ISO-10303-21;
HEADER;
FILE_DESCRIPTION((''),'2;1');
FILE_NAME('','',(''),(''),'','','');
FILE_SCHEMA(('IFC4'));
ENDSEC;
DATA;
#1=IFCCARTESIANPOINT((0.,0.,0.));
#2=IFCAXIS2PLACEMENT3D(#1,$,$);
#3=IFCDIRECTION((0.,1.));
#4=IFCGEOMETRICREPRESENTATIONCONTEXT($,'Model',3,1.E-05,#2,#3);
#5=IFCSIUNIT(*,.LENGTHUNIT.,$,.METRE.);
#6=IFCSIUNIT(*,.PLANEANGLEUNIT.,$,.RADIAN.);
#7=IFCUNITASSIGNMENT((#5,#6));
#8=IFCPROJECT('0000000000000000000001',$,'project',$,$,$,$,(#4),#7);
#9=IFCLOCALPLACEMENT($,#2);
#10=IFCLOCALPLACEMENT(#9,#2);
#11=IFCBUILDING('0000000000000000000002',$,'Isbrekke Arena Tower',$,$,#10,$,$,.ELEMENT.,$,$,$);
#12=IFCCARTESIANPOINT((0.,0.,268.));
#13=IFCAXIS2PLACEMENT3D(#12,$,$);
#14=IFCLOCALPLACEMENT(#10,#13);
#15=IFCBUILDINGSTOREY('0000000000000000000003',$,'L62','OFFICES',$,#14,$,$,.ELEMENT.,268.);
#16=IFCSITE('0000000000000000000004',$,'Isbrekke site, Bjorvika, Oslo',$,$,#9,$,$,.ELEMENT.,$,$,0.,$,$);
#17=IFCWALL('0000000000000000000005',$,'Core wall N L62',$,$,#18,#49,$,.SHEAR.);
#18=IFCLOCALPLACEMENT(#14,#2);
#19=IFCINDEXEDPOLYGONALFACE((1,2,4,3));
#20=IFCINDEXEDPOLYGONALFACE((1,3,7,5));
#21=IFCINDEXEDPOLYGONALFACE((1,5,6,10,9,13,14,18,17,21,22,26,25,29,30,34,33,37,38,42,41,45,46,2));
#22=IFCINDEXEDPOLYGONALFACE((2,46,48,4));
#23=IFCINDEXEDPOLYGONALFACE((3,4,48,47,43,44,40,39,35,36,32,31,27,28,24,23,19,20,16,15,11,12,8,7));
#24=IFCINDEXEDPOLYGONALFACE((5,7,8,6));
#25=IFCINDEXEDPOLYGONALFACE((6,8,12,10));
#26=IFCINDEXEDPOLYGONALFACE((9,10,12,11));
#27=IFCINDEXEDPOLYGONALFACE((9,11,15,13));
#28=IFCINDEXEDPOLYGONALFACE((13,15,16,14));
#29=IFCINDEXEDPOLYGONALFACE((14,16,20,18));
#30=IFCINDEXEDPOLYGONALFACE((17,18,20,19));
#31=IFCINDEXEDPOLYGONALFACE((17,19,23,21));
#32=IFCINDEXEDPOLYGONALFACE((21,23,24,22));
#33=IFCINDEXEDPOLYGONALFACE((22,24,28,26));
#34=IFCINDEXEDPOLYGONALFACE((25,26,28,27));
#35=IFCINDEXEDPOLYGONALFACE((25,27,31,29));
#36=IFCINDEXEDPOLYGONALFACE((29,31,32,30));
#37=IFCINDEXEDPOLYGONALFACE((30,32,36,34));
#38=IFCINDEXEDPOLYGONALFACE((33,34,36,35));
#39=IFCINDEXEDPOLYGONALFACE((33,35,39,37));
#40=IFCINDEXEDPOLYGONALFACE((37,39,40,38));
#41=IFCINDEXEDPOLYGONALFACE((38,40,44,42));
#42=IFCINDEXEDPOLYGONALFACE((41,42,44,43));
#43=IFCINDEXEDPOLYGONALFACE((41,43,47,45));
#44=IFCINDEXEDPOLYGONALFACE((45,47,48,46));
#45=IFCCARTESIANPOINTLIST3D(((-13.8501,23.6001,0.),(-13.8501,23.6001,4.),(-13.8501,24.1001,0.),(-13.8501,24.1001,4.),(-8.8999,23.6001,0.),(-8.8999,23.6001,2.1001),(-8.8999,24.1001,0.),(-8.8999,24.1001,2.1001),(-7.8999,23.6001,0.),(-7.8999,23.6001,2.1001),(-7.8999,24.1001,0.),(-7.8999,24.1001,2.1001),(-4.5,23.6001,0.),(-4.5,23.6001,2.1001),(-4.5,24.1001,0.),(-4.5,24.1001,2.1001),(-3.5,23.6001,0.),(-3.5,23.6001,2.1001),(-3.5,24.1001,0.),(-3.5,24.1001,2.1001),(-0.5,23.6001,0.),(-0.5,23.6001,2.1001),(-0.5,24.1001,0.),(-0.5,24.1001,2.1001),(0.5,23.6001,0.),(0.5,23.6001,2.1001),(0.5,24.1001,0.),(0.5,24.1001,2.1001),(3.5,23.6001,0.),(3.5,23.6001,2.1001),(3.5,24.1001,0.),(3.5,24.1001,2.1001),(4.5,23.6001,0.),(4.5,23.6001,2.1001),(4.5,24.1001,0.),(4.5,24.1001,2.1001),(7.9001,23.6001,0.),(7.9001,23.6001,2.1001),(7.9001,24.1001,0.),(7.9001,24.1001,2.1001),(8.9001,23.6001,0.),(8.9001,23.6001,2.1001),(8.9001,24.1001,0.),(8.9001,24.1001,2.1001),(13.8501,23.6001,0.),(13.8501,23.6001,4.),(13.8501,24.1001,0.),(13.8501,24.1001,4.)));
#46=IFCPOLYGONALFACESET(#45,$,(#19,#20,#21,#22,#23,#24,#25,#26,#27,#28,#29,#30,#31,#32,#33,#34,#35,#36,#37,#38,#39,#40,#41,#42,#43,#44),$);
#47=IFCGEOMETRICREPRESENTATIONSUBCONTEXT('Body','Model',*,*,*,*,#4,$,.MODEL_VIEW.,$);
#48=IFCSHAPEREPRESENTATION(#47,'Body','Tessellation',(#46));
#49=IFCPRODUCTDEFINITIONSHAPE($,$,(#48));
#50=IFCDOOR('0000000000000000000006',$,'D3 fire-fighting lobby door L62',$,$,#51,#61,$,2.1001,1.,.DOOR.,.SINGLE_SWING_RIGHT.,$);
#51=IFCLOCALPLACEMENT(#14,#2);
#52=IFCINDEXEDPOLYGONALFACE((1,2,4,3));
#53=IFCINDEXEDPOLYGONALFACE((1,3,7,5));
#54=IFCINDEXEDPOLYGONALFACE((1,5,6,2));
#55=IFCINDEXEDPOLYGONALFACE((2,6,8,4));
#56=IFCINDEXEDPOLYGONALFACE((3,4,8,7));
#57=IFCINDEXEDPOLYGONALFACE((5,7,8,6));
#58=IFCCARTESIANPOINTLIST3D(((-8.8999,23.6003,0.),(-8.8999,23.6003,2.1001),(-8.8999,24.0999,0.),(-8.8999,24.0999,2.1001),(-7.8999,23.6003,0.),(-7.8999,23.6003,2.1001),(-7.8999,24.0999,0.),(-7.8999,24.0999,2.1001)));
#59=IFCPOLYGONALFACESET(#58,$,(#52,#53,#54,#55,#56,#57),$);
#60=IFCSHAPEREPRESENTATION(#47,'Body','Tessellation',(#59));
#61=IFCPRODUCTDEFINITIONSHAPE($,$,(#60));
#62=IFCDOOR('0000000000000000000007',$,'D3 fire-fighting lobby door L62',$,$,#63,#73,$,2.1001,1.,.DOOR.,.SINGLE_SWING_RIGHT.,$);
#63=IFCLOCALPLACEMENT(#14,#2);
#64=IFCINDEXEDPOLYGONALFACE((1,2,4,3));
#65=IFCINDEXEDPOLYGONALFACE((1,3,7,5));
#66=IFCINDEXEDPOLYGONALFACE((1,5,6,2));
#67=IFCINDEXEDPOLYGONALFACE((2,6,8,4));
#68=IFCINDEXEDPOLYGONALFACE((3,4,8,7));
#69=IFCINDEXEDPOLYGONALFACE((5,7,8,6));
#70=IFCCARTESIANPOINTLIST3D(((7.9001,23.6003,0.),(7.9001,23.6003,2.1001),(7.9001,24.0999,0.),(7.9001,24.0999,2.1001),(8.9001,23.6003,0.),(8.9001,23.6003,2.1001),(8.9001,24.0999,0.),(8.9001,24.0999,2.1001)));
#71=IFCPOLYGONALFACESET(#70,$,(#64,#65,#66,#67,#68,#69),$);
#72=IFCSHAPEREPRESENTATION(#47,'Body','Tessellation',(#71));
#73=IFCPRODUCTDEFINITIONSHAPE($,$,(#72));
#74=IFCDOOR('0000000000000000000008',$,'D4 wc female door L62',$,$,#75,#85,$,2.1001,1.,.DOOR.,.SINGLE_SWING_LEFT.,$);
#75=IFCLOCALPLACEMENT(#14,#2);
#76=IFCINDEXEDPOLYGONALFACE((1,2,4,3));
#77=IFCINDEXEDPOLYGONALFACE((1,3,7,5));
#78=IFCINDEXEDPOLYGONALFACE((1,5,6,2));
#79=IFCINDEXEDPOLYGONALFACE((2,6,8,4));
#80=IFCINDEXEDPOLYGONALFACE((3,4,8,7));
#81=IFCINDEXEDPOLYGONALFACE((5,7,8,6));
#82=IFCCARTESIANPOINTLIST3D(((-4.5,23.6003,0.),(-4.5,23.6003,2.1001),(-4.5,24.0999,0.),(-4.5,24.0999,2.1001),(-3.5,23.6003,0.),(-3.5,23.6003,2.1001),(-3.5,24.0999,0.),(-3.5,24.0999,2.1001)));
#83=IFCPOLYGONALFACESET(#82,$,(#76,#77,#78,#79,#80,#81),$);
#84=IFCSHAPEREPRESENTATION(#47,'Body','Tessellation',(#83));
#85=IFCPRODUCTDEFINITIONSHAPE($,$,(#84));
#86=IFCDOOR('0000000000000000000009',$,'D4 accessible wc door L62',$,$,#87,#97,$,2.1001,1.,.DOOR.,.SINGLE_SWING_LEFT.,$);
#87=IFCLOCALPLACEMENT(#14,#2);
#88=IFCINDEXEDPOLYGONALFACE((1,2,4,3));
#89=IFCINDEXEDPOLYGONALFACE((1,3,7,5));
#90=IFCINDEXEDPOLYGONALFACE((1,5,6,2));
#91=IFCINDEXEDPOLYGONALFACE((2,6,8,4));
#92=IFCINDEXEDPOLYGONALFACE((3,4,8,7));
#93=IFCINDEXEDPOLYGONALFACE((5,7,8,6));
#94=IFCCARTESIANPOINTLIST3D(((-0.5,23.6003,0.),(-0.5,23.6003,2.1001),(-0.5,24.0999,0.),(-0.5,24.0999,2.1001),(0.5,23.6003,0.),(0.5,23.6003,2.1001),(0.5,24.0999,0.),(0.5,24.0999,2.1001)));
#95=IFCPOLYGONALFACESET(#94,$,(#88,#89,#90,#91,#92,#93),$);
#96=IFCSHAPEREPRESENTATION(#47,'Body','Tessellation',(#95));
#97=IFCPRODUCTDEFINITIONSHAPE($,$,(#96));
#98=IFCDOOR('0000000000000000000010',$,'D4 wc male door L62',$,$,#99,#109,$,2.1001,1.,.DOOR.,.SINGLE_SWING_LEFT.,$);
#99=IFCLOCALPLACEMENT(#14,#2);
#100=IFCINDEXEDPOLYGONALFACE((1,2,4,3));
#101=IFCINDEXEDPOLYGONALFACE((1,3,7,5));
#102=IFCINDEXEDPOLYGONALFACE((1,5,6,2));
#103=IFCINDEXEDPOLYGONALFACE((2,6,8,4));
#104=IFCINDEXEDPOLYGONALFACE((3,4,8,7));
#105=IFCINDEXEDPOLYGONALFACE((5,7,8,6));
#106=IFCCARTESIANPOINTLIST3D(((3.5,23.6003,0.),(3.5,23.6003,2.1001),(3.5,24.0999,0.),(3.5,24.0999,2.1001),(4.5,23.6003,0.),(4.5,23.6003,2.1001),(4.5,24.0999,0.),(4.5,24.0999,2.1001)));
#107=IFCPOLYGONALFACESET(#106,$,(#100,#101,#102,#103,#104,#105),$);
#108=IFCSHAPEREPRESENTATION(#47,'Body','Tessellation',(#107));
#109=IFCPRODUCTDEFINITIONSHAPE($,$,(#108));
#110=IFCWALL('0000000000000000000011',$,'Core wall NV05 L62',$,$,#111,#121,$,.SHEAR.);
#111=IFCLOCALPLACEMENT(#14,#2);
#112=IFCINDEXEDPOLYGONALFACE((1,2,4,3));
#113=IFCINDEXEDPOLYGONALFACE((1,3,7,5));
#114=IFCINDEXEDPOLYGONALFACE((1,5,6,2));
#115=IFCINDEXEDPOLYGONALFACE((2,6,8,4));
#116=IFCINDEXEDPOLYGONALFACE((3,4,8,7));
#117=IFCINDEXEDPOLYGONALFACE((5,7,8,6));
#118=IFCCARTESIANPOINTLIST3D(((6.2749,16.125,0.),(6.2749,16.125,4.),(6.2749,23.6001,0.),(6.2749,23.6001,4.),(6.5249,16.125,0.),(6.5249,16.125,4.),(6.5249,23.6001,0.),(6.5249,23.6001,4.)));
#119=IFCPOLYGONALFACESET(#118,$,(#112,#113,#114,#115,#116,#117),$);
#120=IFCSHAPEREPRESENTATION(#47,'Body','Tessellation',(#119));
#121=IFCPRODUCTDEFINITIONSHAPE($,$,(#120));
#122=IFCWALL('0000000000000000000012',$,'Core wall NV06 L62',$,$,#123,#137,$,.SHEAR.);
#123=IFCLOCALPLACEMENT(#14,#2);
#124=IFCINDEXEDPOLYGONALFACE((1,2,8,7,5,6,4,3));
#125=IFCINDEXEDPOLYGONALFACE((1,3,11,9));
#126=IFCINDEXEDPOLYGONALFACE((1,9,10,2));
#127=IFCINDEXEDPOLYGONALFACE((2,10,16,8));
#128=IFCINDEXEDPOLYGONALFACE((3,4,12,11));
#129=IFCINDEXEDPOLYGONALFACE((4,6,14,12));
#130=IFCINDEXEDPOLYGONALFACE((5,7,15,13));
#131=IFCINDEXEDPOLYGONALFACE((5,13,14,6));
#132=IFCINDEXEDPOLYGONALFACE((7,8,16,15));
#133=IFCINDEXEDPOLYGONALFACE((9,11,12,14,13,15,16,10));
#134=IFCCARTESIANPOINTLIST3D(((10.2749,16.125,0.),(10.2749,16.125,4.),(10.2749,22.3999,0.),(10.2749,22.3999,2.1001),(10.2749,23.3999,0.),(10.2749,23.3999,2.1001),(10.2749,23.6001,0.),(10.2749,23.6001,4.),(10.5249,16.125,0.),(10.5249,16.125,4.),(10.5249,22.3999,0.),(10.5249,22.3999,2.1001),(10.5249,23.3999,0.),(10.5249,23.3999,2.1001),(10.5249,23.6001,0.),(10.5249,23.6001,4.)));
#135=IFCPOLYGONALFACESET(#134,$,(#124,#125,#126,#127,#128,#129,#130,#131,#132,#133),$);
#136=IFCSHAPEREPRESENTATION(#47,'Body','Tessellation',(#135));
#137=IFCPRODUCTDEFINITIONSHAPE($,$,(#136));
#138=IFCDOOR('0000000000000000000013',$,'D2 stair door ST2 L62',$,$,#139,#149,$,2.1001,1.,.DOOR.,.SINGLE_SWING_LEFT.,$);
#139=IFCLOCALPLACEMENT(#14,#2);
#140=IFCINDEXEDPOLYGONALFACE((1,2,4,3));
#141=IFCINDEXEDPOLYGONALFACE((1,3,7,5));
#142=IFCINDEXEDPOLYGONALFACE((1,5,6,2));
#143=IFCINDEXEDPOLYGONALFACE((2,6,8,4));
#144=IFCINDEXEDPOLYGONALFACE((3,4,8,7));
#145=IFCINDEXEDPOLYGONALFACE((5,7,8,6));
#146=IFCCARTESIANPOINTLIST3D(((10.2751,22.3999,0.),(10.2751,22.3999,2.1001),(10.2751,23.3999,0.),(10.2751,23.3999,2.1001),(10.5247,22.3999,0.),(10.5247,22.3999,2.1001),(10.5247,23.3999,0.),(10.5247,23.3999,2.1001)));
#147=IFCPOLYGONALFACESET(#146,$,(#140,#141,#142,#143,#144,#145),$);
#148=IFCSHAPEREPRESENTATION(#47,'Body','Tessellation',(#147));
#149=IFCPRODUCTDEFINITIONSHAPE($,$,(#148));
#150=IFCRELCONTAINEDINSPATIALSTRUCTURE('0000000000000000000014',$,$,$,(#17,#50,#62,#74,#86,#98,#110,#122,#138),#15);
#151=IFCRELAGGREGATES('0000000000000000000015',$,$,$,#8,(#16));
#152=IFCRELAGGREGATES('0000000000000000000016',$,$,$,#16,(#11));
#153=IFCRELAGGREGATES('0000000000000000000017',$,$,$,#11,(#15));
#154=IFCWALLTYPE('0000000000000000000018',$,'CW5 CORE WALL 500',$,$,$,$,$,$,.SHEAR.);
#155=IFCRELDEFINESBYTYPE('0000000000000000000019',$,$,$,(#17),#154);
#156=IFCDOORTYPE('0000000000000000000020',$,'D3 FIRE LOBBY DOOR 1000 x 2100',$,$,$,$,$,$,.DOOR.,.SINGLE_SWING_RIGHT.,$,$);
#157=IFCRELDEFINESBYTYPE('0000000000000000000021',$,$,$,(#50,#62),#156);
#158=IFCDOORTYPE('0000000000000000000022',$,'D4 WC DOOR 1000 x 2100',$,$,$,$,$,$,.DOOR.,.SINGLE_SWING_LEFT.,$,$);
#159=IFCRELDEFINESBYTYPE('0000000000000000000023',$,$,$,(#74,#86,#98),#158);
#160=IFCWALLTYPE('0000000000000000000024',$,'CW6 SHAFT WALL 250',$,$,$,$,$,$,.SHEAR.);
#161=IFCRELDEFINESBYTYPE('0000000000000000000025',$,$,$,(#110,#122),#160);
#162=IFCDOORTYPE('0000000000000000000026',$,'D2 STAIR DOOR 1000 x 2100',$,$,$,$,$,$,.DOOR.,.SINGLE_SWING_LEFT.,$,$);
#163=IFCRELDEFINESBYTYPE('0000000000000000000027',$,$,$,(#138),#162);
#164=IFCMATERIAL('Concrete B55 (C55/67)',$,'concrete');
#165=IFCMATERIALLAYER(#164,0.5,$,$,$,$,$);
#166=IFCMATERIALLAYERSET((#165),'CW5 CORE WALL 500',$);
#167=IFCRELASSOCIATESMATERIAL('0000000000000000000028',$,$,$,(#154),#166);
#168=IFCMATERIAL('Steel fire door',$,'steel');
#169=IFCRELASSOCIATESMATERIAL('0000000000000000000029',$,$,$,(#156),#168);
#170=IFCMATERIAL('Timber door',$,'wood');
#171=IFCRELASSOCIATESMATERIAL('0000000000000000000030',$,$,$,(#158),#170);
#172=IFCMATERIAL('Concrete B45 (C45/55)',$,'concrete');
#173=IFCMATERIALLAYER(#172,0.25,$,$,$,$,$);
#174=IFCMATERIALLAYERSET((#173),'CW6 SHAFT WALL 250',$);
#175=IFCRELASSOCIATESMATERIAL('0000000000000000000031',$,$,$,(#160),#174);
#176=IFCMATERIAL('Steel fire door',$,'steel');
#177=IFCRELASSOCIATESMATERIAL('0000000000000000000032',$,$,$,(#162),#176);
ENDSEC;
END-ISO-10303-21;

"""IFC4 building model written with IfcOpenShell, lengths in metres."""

from ifc_helpers import new_model, si_unit, direction, frame, frame_2d, origin, place, context, subcontext, project, spatial, rectangle, extrude, material, layer, layer_set, type_object, element, fill, save


model = new_model("IFC4")

# Units and contexts
model_context = context("Model", 3, precision=1e-05, world=origin(), true_north=direction((0.0, 1.0)))
body_context = subcontext(model_context, "Body", "Model", "MODEL_VIEW")
ifc_project = project(units=[si_unit("LENGTHUNIT", "METRE"), si_unit("PLANEANGLEUNIT", "RADIAN")], contexts=[model_context])

# Site, building, storey
site_placement = place(None, origin())
site = spatial("IfcSite", under=ifc_project, at=site_placement, Name="Isbrekke site, Bjorvika, Oslo", CompositionType="ELEMENT", RefElevation=0.0)
building_placement = place(site_placement, origin())
building = spatial("IfcBuilding", under=site, at=building_placement, Name="Isbrekke Arena Tower", CompositionType="ELEMENT")
storey_placement = place(building_placement, frame((0.0, 0.0, 268.0)))
storey = spatial("IfcBuildingStorey", under=building, at=storey_placement, Name="L62", Description="OFFICES", CompositionType="ELEMENT", Elevation=268.0)

# Wall, openings, doors
ifc_material_1 = material(Name="Concrete B55 (C55/67)", Category="concrete")
ifc_layer_1 = layer(ifc_material_1, 0.5)
ifc_layer_set_1 = layer_set([ifc_layer_1], Name="CW5 CORE WALL 500")
wall_type_1 = type_object("IfcWallType", Name="CW5 CORE WALL 500", PredefinedType="SHEAR", material=ifc_layer_set_1)
wall_1_placement = place(storey_placement, frame((13.8501, 23.8501, 0.0), z_axis=(0.0, 0.0, 1.0), x_axis=(-1.0, 0.0, 0.0)))
wall_1 = element("IfcWall", 1, at=wall_1_placement, inside=storey, type_object=wall_type_1, Name="Core wall N L62", PredefinedType="SHEAR", context=body_context, shape_type="SweptSolid", body=[
    extrude(rectangle(XDim=27.7002, YDim=0.5, at=frame_2d((13.8501, 0.0))), origin(), (0.0, 0.0, 1.0), 4.0),
])
opening_1_placement = place(wall_1_placement, frame((21.75, 0.0, 0.0)))
opening_1 = element("IfcOpeningElement", 2, at=opening_1_placement, cuts=wall_1, PredefinedType="OPENING", context=body_context, shape_type="SweptSolid", body=[
    extrude(rectangle(XDim=1.0, YDim=2.1001, at=frame_2d((0.5, 1.05))), frame((0.0, 0.2649, 0.0), z_axis=(0.0, -1.0, 0.0), x_axis=(1.0, 0.0, 0.0)), (0.0, 0.0, 1.0), 0.5298),
])
opening_2_placement = place(wall_1_placement, frame((4.95, 0.0, 0.0)))
opening_2 = element("IfcOpeningElement", 3, at=opening_2_placement, cuts=wall_1, PredefinedType="OPENING", context=body_context, shape_type="SweptSolid", body=[
    extrude(rectangle(XDim=1.0, YDim=2.1001, at=frame_2d((0.5, 1.05))), frame((0.0, 0.2649, 0.0), z_axis=(0.0, -1.0, 0.0), x_axis=(1.0, 0.0, 0.0)), (0.0, 0.0, 1.0), 0.5298),
])
opening_3_placement = place(wall_1_placement, frame((17.3501, 0.0, 0.0)))
opening_3 = element("IfcOpeningElement", 4, at=opening_3_placement, cuts=wall_1, PredefinedType="OPENING", context=body_context, shape_type="SweptSolid", body=[
    extrude(rectangle(XDim=1.0, YDim=2.1001, at=frame_2d((0.5, 1.05))), frame((0.0, 0.2649, 0.0), z_axis=(0.0, -1.0, 0.0), x_axis=(1.0, 0.0, 0.0)), (0.0, 0.0, 1.0), 0.5298),
])
opening_4_placement = place(wall_1_placement, frame((13.3501, 0.0, 0.0)))
opening_4 = element("IfcOpeningElement", 5, at=opening_4_placement, cuts=wall_1, PredefinedType="OPENING", context=body_context, shape_type="SweptSolid", body=[
    extrude(rectangle(XDim=1.0, YDim=2.1001, at=frame_2d((0.5, 1.05))), frame((0.0, 0.2649, 0.0), z_axis=(0.0, -1.0, 0.0), x_axis=(1.0, 0.0, 0.0)), (0.0, 0.0, 1.0), 0.5298),
])
opening_5_placement = place(wall_1_placement, frame((9.3501, 0.0, 0.0)))
opening_5 = element("IfcOpeningElement", 6, at=opening_5_placement, cuts=wall_1, PredefinedType="OPENING", context=body_context, shape_type="SweptSolid", body=[
    extrude(rectangle(XDim=1.0, YDim=2.1001, at=frame_2d((0.5, 1.05))), frame((0.0, 0.2649, 0.0), z_axis=(0.0, -1.0, 0.0), x_axis=(1.0, 0.0, 0.0)), (0.0, 0.0, 1.0), 0.5298),
])
ifc_material_2 = material(Name="Steel fire door", Category="steel")
door_type_1 = type_object("IfcDoorType", Name="D3 FIRE LOBBY DOOR 1000 x 2100", OperationType="SINGLE_SWING_RIGHT", PredefinedType="DOOR", material=ifc_material_2)
door_1_placement = place(opening_1_placement, origin())
door_1 = element("IfcDoor", 7, at=door_1_placement, inside=storey, type_object=door_type_1, Name="D3 fire-fighting lobby door L62", OperationType="SINGLE_SWING_RIGHT", OverallHeight=2.1001, OverallWidth=1.0, PredefinedType="DOOR", context=body_context, shape_type="SweptSolid", body=[
    extrude(rectangle(XDim=1.0, YDim=2.1001, at=frame_2d((0.5, 1.05))), frame((0.0, 0.2498, 0.0), z_axis=(0.0, -1.0, 0.0), x_axis=(1.0, 0.0, 0.0)), (0.0, 0.0, 1.0), 0.4995),
])
fill(opening_1, door_1)
door_2_placement = place(opening_2_placement, origin())
door_2 = element("IfcDoor", 8, at=door_2_placement, inside=storey, type_object=door_type_1, Name="D3 fire-fighting lobby door L62", OperationType="SINGLE_SWING_RIGHT", OverallHeight=2.1001, OverallWidth=1.0, PredefinedType="DOOR", context=body_context, shape_type="SweptSolid", body=[
    extrude(rectangle(XDim=1.0, YDim=2.1001, at=frame_2d((0.5, 1.05))), frame((0.0, 0.2498, 0.0), z_axis=(0.0, -1.0, 0.0), x_axis=(1.0, 0.0, 0.0)), (0.0, 0.0, 1.0), 0.4995),
])
fill(opening_2, door_2)
ifc_material_3 = material(Name="Timber door", Category="wood")
door_type_2 = type_object("IfcDoorType", Name="D4 WC DOOR 1000 x 2100", OperationType="SINGLE_SWING_LEFT", PredefinedType="DOOR", material=ifc_material_3)
door_3_placement = place(opening_3_placement, origin())
door_3 = element("IfcDoor", 9, at=door_3_placement, inside=storey, type_object=door_type_2, Name="D4 wc female door L62", OperationType="SINGLE_SWING_LEFT", OverallHeight=2.1001, OverallWidth=1.0, PredefinedType="DOOR", context=body_context, shape_type="SweptSolid", body=[
    extrude(rectangle(XDim=1.0, YDim=2.1001, at=frame_2d((0.5, 1.05))), frame((0.0, 0.2498, 0.0), z_axis=(0.0, -1.0, 0.0), x_axis=(1.0, 0.0, 0.0)), (0.0, 0.0, 1.0), 0.4995),
])
fill(opening_3, door_3)
door_4_placement = place(opening_4_placement, origin())
door_4 = element("IfcDoor", 10, at=door_4_placement, inside=storey, type_object=door_type_2, Name="D4 accessible wc door L62", OperationType="SINGLE_SWING_LEFT", OverallHeight=2.1001, OverallWidth=1.0, PredefinedType="DOOR", context=body_context, shape_type="SweptSolid", body=[
    extrude(rectangle(XDim=1.0, YDim=2.1001, at=frame_2d((0.5, 1.05))), frame((0.0, 0.2498, 0.0), z_axis=(0.0, -1.0, 0.0), x_axis=(1.0, 0.0, 0.0)), (0.0, 0.0, 1.0), 0.4995),
])
fill(opening_4, door_4)
door_5_placement = place(opening_5_placement, origin())
door_5 = element("IfcDoor", 11, at=door_5_placement, inside=storey, type_object=door_type_2, Name="D4 wc male door L62", OperationType="SINGLE_SWING_LEFT", OverallHeight=2.1001, OverallWidth=1.0, PredefinedType="DOOR", context=body_context, shape_type="SweptSolid", body=[
    extrude(rectangle(XDim=1.0, YDim=2.1001, at=frame_2d((0.5, 1.05))), frame((0.0, 0.2498, 0.0), z_axis=(0.0, -1.0, 0.0), x_axis=(1.0, 0.0, 0.0)), (0.0, 0.0, 1.0), 0.4995),
])
fill(opening_5, door_5)

# Wall
ifc_material_4 = material(Name="Concrete B45 (C45/55)", Category="concrete")
ifc_layer_2 = layer(ifc_material_4, 0.25)
ifc_layer_set_2 = layer_set([ifc_layer_2], Name="CW6 SHAFT WALL 250")
wall_type_2 = type_object("IfcWallType", Name="CW6 SHAFT WALL 250", PredefinedType="SHEAR", material=ifc_layer_set_2)
wall_2_placement = place(storey_placement, frame((6.3999, 16.125, 0.0), z_axis=(0.0, 0.0, 1.0), x_axis=(0.0, 1.0, 0.0)))
element("IfcWall", 12, at=wall_2_placement, inside=storey, type_object=wall_type_2, Name="Core wall NV05 L62", PredefinedType="SHEAR", context=body_context, shape_type="SweptSolid", body=[
    extrude(rectangle(XDim=7.4751, YDim=0.25, at=frame_2d((3.7375, 0.0))), origin(), (0.0, 0.0, 1.0), 4.0),
])

# Wall, opening, door
wall_3_placement = place(storey_placement, frame((10.3999, 16.125, 0.0), z_axis=(0.0, 0.0, 1.0), x_axis=(0.0, 1.0, 0.0)))
wall_3 = element("IfcWall", 13, at=wall_3_placement, inside=storey, type_object=wall_type_2, Name="Core wall NV06 L62", PredefinedType="SHEAR", context=body_context, shape_type="SweptSolid", body=[
    extrude(rectangle(XDim=7.4751, YDim=0.25, at=frame_2d((3.7375, 0.0))), origin(), (0.0, 0.0, 1.0), 4.0),
])
opening_6_placement = place(wall_3_placement, frame((6.2749, 0.0, 0.0)))
opening_6 = element("IfcOpeningElement", 14, at=opening_6_placement, cuts=wall_3, PredefinedType="OPENING", context=body_context, shape_type="SweptSolid", body=[
    extrude(rectangle(XDim=1.0, YDim=2.1001, at=frame_2d((0.5, 1.05))), frame((0.0, 0.1399, 0.0), z_axis=(0.0, -1.0, 0.0), x_axis=(1.0, 0.0, 0.0)), (0.0, 0.0, 1.0), 0.2798),
])
ifc_material_5 = material(Name="Steel fire door", Category="steel")
door_type_3 = type_object("IfcDoorType", Name="D2 STAIR DOOR 1000 x 2100", OperationType="SINGLE_SWING_LEFT", PredefinedType="DOOR", material=ifc_material_5)
door_6_placement = place(opening_6_placement, origin())
door_6 = element("IfcDoor", 15, at=door_6_placement, inside=storey, type_object=door_type_3, Name="D2 stair door ST2 L62", OperationType="SINGLE_SWING_LEFT", OverallHeight=2.1001, OverallWidth=1.0, PredefinedType="DOOR", context=body_context, shape_type="SweptSolid", body=[
    extrude(rectangle(XDim=1.0, YDim=2.1001, at=frame_2d((0.5, 1.05))), frame((0.0, 0.1248, 0.0), z_axis=(0.0, -1.0, 0.0), x_axis=(1.0, 0.0, 0.0)), (0.0, 0.0, 1.0), 0.2495),
])
fill(opening_6, door_6)

save(model, "model.ifc")
